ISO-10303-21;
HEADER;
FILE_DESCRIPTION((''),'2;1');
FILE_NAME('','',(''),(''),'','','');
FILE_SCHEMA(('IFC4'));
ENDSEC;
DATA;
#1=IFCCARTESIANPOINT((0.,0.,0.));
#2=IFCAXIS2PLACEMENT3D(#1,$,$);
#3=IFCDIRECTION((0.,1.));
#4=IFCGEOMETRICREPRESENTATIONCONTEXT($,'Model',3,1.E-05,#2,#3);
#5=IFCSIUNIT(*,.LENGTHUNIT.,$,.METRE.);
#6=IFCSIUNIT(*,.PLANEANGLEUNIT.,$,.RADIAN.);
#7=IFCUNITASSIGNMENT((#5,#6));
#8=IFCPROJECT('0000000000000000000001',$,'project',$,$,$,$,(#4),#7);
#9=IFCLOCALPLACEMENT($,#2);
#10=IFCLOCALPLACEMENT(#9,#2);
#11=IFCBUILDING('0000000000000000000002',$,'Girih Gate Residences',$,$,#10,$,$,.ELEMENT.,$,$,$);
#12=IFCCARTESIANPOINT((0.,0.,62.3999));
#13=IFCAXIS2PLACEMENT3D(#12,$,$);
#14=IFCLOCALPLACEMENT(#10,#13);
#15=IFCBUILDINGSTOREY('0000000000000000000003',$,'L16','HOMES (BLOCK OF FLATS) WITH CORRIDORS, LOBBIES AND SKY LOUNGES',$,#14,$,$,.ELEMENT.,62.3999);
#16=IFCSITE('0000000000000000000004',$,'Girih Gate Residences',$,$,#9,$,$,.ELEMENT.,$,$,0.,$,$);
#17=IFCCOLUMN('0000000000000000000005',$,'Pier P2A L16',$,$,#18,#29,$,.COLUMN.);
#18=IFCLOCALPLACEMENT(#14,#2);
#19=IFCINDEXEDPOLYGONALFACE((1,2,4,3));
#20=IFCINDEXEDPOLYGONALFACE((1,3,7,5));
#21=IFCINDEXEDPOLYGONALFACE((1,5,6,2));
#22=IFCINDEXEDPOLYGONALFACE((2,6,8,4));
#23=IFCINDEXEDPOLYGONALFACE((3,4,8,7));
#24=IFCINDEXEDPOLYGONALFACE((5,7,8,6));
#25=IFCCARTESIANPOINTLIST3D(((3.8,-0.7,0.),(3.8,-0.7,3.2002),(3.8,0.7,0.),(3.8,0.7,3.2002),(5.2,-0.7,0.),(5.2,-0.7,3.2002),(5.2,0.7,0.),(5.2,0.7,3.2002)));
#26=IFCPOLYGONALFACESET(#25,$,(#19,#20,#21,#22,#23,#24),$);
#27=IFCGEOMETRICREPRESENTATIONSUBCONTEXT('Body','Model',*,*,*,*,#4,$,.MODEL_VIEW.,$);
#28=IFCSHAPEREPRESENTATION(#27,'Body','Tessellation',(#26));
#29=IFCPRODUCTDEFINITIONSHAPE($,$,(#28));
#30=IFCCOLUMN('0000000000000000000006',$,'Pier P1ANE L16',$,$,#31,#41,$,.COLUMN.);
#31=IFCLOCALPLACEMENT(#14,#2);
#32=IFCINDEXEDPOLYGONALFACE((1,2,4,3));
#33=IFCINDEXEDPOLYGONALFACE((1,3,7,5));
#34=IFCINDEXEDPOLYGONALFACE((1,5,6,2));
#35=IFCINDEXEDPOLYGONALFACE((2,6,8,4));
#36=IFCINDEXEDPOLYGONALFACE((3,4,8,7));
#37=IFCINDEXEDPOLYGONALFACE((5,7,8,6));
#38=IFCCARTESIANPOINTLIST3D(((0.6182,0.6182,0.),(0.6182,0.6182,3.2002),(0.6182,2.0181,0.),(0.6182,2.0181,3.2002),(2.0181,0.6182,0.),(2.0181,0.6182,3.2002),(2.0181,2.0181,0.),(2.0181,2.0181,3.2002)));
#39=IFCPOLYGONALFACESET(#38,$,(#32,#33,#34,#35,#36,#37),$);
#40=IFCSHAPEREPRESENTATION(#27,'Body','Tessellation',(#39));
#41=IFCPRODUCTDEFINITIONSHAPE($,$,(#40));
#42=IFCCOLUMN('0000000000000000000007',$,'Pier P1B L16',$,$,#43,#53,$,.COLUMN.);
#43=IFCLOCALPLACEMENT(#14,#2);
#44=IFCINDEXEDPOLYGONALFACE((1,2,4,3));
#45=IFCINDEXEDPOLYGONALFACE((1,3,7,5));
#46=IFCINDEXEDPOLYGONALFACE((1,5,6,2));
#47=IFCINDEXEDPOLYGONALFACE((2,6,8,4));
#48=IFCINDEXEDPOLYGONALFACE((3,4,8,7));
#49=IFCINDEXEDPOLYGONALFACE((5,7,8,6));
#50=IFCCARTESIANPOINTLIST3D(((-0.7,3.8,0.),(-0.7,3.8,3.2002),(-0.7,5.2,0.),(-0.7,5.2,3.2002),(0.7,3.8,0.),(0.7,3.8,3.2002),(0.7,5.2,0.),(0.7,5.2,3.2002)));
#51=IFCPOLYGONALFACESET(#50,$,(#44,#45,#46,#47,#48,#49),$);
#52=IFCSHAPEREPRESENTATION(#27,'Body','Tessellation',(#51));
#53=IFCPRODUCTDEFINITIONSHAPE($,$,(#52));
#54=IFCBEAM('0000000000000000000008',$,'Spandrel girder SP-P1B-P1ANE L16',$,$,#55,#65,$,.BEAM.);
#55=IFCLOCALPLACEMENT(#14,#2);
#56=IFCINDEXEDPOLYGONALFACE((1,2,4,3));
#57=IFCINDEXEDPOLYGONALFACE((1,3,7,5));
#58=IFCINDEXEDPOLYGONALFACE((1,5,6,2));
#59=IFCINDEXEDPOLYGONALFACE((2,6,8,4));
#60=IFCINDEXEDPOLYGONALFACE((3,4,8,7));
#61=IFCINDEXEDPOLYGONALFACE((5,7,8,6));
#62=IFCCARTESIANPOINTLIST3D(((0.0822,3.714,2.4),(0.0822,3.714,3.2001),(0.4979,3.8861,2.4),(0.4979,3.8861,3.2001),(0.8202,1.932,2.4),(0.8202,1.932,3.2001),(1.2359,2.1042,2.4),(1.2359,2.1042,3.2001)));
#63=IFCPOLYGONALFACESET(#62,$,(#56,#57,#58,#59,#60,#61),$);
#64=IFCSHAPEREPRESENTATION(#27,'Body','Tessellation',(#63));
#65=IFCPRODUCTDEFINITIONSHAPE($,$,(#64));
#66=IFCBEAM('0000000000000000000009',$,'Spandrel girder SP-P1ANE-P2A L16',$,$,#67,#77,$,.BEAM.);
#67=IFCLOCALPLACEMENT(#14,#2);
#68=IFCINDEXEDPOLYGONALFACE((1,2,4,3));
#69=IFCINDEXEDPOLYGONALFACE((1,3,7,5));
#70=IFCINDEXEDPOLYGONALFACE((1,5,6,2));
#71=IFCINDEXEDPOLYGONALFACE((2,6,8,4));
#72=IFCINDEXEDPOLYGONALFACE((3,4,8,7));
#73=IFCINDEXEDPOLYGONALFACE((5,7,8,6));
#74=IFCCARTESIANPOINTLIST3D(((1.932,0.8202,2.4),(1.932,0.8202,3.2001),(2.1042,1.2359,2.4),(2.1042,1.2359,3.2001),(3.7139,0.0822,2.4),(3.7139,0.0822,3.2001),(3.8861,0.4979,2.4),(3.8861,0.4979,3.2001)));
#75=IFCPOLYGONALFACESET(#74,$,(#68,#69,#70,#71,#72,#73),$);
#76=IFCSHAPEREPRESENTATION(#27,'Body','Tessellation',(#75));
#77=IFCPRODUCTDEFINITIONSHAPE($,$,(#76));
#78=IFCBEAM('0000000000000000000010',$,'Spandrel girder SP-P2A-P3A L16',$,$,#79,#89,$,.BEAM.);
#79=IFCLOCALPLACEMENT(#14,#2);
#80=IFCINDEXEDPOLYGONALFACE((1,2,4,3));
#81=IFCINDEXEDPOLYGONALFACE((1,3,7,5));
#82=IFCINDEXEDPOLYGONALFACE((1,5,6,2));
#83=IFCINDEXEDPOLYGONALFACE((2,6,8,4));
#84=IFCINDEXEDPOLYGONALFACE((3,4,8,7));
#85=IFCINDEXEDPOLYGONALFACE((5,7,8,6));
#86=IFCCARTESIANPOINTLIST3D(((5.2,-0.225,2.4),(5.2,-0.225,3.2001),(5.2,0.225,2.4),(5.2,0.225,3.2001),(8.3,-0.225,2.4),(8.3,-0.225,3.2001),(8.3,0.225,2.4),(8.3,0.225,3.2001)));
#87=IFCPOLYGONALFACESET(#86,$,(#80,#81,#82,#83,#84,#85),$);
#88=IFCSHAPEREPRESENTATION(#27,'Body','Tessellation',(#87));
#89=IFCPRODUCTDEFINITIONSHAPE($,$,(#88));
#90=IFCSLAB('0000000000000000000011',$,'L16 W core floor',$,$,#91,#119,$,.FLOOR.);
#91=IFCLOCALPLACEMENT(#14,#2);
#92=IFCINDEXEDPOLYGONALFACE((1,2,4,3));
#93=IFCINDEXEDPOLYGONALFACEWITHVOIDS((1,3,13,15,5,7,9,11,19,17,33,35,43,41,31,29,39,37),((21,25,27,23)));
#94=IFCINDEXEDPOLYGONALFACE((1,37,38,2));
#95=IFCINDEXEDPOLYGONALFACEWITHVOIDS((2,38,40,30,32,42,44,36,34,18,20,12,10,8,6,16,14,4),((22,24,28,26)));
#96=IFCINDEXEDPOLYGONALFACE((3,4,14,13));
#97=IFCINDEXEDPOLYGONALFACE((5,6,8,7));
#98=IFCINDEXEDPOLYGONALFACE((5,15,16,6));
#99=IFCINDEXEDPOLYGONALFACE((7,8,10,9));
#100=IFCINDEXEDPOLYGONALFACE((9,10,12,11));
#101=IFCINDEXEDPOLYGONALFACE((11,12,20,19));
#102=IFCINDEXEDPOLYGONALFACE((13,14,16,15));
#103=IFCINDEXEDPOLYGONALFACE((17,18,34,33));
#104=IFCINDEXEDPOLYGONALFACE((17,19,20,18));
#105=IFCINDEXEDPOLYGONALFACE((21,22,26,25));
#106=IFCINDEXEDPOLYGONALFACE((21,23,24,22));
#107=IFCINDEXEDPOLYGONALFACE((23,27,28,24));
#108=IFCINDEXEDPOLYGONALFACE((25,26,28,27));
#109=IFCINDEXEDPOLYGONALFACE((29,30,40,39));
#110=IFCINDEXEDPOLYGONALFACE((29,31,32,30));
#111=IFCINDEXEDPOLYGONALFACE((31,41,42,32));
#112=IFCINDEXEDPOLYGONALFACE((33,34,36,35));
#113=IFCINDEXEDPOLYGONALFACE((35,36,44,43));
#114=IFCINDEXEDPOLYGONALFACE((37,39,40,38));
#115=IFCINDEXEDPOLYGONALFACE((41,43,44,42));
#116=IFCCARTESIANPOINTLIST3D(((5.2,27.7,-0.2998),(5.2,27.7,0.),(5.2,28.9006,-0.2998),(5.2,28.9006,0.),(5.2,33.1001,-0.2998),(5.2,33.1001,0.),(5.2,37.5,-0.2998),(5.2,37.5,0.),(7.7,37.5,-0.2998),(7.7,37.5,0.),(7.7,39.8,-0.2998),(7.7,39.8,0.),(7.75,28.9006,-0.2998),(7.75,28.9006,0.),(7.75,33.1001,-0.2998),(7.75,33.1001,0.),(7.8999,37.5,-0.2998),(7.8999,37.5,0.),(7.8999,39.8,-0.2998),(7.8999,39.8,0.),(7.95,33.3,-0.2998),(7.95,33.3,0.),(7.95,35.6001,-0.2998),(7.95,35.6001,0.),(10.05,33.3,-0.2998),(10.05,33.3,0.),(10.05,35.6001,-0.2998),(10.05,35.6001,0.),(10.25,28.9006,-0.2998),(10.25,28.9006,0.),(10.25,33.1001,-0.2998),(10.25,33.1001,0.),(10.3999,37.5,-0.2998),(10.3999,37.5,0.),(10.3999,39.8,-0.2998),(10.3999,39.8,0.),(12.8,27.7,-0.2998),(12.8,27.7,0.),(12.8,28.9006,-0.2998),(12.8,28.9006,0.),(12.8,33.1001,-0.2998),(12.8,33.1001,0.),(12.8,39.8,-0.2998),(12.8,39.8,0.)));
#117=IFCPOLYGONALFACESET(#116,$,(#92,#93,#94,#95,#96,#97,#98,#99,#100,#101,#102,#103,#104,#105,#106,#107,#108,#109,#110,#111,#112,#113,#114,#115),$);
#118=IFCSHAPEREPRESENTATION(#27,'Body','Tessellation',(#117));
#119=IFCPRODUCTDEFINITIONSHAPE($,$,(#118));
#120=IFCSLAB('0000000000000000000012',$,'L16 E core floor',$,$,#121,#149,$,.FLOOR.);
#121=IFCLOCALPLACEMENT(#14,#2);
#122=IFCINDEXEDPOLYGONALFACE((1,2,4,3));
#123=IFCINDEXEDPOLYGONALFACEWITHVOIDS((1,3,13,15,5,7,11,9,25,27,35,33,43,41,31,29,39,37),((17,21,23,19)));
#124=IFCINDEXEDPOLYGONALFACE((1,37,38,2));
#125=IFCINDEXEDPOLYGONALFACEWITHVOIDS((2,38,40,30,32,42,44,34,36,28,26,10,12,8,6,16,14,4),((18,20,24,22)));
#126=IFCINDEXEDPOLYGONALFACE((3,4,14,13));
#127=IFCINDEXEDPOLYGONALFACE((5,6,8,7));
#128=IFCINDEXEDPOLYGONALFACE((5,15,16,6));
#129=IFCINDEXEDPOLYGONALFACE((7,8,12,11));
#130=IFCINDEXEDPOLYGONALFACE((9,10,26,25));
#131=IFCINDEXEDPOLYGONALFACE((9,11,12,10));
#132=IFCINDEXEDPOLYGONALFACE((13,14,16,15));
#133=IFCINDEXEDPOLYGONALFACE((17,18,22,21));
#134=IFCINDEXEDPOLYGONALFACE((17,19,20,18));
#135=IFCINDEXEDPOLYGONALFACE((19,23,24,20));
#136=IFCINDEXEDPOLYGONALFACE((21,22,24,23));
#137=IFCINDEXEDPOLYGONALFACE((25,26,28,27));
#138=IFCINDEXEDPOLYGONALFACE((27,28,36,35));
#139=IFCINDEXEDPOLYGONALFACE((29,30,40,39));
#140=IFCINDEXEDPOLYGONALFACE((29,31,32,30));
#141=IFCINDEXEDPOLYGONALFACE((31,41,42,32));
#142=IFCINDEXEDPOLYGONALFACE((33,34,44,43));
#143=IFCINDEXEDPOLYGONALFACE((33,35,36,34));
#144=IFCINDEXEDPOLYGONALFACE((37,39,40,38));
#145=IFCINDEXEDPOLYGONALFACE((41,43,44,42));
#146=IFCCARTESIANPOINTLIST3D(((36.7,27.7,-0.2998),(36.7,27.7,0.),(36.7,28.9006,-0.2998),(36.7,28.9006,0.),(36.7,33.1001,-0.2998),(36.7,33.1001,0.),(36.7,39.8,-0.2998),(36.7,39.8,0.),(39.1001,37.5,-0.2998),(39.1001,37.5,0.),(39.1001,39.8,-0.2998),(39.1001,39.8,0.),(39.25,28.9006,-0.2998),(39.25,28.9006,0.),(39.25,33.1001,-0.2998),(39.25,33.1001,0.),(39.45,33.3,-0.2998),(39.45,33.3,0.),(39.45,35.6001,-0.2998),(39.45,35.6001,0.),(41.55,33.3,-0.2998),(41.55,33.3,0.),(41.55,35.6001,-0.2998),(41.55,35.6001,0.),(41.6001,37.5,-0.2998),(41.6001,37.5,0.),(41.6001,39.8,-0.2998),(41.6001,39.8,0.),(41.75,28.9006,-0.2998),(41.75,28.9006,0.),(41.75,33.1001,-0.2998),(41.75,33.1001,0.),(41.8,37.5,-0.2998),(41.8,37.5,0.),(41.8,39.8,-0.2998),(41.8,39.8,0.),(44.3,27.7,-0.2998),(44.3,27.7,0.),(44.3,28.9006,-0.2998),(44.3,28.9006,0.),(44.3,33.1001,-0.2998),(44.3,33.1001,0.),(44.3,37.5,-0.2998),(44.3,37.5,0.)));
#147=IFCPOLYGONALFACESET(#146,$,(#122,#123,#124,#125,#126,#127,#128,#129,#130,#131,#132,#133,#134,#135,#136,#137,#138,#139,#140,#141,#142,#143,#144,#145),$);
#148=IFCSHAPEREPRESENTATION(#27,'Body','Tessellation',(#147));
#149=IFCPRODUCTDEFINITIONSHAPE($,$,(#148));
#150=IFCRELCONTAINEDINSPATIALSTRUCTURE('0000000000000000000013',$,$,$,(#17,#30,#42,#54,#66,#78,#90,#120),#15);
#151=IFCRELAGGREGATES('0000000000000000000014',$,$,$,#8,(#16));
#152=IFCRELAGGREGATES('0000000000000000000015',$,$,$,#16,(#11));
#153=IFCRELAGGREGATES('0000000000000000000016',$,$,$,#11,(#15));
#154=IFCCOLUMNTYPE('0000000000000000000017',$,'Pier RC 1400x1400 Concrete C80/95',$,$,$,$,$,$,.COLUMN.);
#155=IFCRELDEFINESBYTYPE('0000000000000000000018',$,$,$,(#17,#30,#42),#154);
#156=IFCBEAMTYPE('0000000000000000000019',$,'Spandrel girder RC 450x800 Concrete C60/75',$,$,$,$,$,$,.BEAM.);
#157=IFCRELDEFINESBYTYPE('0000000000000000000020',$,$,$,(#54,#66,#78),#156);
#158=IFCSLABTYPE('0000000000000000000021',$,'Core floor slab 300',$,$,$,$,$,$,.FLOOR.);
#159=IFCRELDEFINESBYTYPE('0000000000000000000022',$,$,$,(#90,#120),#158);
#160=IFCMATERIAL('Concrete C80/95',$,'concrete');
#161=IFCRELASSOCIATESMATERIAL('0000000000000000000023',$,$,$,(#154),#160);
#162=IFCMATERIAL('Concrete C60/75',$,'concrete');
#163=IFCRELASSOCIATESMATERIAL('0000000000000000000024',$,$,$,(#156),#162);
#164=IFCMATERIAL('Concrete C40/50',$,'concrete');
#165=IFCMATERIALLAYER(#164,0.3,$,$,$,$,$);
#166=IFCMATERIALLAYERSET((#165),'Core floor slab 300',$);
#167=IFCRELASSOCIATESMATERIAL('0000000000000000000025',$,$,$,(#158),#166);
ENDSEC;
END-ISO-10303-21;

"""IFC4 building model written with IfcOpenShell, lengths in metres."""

from ifc_helpers import new_model, si_unit, direction, frame, origin, origin_2d, place, context, subcontext, project, spatial, polyline, rectangle, outline, extrude, material, layer, layer_set, material_profile, profile_set, type_object, element, save


model = new_model("IFC4")

# Units and contexts
model_context = context("Model", 3, precision=1e-05, world=origin(), true_north=direction((0.0, 1.0)))
body_context = subcontext(model_context, "Body", "Model", "MODEL_VIEW")
ifc_project = project(units=[si_unit("LENGTHUNIT", "METRE"), si_unit("PLANEANGLEUNIT", "RADIAN")], contexts=[model_context])

# Site, building, storey
site_placement = place(None, origin())
site = spatial("IfcSite", under=ifc_project, at=site_placement, Name="Girih Gate Residences", CompositionType="ELEMENT", RefElevation=0.0)
building_placement = place(site_placement, origin())
building = spatial("IfcBuilding", under=site, at=building_placement, Name="Girih Gate Residences", CompositionType="ELEMENT")
storey_placement = place(building_placement, frame((0.0, 0.0, 62.3999)))
storey = spatial("IfcBuildingStorey", under=building, at=storey_placement, Name="L16", Description="HOMES (BLOCK OF FLATS) WITH CORRIDORS, LOBBIES AND SKY LOUNGES", CompositionType="ELEMENT", Elevation=62.3999)

# Columns
ifc_material_1 = material(Name="Concrete C80/95", Category="concrete")
ifc_material_profile_1 = material_profile(ifc_material_1, rectangle(XDim=1.3999, YDim=1.3999, at=origin_2d()))
ifc_profile_set_1 = profile_set([ifc_material_profile_1], Name="Concrete C80/95")
column_type = type_object("IfcColumnType", Name="Pier RC 1400x1400 Concrete C80/95", PredefinedType="COLUMN", material=ifc_profile_set_1)
for number, where, z_axis, x_axis, name in (
    (1, (4.5, 0.0, 0.0), (0.0, 0.0, 1.0), (1.0, 0.0, 0.0), "Pier P2A L16"),
    (2, (1.3181, 1.3181, 0.0), (0.0, 0.0, 1.0), (1.0, 0.0, 0.0), "Pier P1ANE L16"),
    (3, (0.0, 4.5, 0.0), (0.0, 0.0, 1.0), (1.0, 0.0, 0.0), "Pier P1B L16"),
):
    element("IfcColumn", number, at=place(storey_placement, frame(where, z_axis=z_axis, x_axis=x_axis)), inside=storey, type_object=column_type, Name=name, PredefinedType="COLUMN", context=body_context, shape_type="SweptSolid", body=[
        extrude(rectangle(XDim=1.3999, YDim=1.3999, at=origin_2d()), origin(), (0.0, 0.0, 1.0), 3.2002),
    ])

# Beams
ifc_material_2 = material(Name="Concrete C60/75", Category="concrete")
ifc_material_profile_2 = material_profile(ifc_material_2, rectangle(XDim=0.45, YDim=0.8, at=origin_2d()))
ifc_profile_set_2 = profile_set([ifc_material_profile_2], Name="Concrete C60/75")
beam_type = type_object("IfcBeamType", Name="Spandrel girder RC 450x800 Concrete C60/75", PredefinedType="BEAM", material=ifc_profile_set_2)
for number, where, z_axis, x_axis, name in (
    (4, (0.29, 3.8, 2.8), (0.382646, -0.923895, 0.0), (0.923895, 0.382646, 0.0), "Spandrel girder SP-P1B-P1ANE L16"),
    (5, (2.0181, 1.0281, 2.8), (0.923895, -0.382646, 0.0), (0.382646, 0.923895, 0.0), "Spandrel girder SP-P1ANE-P2A L16"),
):
    element("IfcBeam", number, at=place(storey_placement, frame(where, z_axis=z_axis, x_axis=x_axis)), inside=storey, type_object=beam_type, Name=name, PredefinedType="BEAM", context=body_context, shape_type="SweptSolid", body=[
        extrude(rectangle(XDim=0.45, YDim=0.8, at=origin_2d()), origin(), (0.0, 0.0, 1.0), 1.9287),
    ])
beam_placement = place(storey_placement, frame((5.2, 0.0, 2.8), z_axis=(1.0, 0.0, 0.0), x_axis=(0.0, 1.0, 0.0)))
element("IfcBeam", 6, at=beam_placement, inside=storey, type_object=beam_type, Name="Spandrel girder SP-P2A-P3A L16", PredefinedType="BEAM", context=body_context, shape_type="SweptSolid", body=[
    extrude(rectangle(XDim=0.45, YDim=0.8, at=origin_2d()), origin(), (0.0, 0.0, 1.0), 3.1001),
])

# Slabs
ifc_material_3 = material(Name="Concrete C40/50", Category="concrete")
ifc_layer_1 = layer(ifc_material_3, 0.3)
ifc_layer_set_1 = layer_set([ifc_layer_1], Name="Core floor slab 300")
slab_type_1 = type_object("IfcSlabType", Name="Core floor slab 300", PredefinedType="FLOOR", material=ifc_layer_set_1)
slab_1_placement = place(storey_placement, frame((0.0, 0.0, -0.2998)))
element("IfcSlab", 7, at=slab_1_placement, inside=storey, type_object=slab_type_1, Name="L16 W core floor", PredefinedType="FLOOR", context=body_context, shape_type="SweptSolid", body=[
    extrude(outline(polyline([(12.8, 27.7), (5.2, 27.7), (5.2, 28.9006), (7.75, 28.9006), (7.75, 33.1001), (5.2, 33.1001), (5.2, 37.5), (7.7, 37.5), (7.7, 39.8), (7.8999, 39.8), (7.8999, 37.5), (10.3999, 37.5), (10.3999, 39.8), (12.8, 39.8), (12.8, 33.1001), (10.25, 33.1001), (10.25, 28.9006), (12.8, 28.9006), (12.8, 27.7)]), holes=[polyline([(7.95, 33.3), (10.05, 33.3), (10.05, 35.6001), (7.95, 35.6001), (7.95, 33.3)])]), origin(), (0.0, 0.0, 1.0), 0.2998),
])
slab_2_placement = place(storey_placement, frame((0.0, 0.0, -0.2998)))
element("IfcSlab", 8, at=slab_2_placement, inside=storey, type_object=slab_type_1, Name="L16 E core floor", PredefinedType="FLOOR", context=body_context, shape_type="SweptSolid", body=[
    extrude(outline(polyline([(44.3, 27.7), (36.7, 27.7), (36.7, 28.9006), (39.25, 28.9006), (39.25, 33.1001), (36.7, 33.1001), (36.7, 39.8), (39.1001, 39.8), (39.1001, 37.5), (41.6001, 37.5), (41.6001, 39.8), (41.8, 39.8), (41.8, 37.5), (44.3, 37.5), (44.3, 33.1001), (41.75, 33.1001), (41.75, 28.9006), (44.3, 28.9006), (44.3, 27.7)]), holes=[polyline([(39.45, 33.3), (41.55, 33.3), (41.55, 35.6001), (39.45, 35.6001), (39.45, 33.3)])]), origin(), (0.0, 0.0, 1.0), 0.2998),
])

save(model, "model.ifc")
